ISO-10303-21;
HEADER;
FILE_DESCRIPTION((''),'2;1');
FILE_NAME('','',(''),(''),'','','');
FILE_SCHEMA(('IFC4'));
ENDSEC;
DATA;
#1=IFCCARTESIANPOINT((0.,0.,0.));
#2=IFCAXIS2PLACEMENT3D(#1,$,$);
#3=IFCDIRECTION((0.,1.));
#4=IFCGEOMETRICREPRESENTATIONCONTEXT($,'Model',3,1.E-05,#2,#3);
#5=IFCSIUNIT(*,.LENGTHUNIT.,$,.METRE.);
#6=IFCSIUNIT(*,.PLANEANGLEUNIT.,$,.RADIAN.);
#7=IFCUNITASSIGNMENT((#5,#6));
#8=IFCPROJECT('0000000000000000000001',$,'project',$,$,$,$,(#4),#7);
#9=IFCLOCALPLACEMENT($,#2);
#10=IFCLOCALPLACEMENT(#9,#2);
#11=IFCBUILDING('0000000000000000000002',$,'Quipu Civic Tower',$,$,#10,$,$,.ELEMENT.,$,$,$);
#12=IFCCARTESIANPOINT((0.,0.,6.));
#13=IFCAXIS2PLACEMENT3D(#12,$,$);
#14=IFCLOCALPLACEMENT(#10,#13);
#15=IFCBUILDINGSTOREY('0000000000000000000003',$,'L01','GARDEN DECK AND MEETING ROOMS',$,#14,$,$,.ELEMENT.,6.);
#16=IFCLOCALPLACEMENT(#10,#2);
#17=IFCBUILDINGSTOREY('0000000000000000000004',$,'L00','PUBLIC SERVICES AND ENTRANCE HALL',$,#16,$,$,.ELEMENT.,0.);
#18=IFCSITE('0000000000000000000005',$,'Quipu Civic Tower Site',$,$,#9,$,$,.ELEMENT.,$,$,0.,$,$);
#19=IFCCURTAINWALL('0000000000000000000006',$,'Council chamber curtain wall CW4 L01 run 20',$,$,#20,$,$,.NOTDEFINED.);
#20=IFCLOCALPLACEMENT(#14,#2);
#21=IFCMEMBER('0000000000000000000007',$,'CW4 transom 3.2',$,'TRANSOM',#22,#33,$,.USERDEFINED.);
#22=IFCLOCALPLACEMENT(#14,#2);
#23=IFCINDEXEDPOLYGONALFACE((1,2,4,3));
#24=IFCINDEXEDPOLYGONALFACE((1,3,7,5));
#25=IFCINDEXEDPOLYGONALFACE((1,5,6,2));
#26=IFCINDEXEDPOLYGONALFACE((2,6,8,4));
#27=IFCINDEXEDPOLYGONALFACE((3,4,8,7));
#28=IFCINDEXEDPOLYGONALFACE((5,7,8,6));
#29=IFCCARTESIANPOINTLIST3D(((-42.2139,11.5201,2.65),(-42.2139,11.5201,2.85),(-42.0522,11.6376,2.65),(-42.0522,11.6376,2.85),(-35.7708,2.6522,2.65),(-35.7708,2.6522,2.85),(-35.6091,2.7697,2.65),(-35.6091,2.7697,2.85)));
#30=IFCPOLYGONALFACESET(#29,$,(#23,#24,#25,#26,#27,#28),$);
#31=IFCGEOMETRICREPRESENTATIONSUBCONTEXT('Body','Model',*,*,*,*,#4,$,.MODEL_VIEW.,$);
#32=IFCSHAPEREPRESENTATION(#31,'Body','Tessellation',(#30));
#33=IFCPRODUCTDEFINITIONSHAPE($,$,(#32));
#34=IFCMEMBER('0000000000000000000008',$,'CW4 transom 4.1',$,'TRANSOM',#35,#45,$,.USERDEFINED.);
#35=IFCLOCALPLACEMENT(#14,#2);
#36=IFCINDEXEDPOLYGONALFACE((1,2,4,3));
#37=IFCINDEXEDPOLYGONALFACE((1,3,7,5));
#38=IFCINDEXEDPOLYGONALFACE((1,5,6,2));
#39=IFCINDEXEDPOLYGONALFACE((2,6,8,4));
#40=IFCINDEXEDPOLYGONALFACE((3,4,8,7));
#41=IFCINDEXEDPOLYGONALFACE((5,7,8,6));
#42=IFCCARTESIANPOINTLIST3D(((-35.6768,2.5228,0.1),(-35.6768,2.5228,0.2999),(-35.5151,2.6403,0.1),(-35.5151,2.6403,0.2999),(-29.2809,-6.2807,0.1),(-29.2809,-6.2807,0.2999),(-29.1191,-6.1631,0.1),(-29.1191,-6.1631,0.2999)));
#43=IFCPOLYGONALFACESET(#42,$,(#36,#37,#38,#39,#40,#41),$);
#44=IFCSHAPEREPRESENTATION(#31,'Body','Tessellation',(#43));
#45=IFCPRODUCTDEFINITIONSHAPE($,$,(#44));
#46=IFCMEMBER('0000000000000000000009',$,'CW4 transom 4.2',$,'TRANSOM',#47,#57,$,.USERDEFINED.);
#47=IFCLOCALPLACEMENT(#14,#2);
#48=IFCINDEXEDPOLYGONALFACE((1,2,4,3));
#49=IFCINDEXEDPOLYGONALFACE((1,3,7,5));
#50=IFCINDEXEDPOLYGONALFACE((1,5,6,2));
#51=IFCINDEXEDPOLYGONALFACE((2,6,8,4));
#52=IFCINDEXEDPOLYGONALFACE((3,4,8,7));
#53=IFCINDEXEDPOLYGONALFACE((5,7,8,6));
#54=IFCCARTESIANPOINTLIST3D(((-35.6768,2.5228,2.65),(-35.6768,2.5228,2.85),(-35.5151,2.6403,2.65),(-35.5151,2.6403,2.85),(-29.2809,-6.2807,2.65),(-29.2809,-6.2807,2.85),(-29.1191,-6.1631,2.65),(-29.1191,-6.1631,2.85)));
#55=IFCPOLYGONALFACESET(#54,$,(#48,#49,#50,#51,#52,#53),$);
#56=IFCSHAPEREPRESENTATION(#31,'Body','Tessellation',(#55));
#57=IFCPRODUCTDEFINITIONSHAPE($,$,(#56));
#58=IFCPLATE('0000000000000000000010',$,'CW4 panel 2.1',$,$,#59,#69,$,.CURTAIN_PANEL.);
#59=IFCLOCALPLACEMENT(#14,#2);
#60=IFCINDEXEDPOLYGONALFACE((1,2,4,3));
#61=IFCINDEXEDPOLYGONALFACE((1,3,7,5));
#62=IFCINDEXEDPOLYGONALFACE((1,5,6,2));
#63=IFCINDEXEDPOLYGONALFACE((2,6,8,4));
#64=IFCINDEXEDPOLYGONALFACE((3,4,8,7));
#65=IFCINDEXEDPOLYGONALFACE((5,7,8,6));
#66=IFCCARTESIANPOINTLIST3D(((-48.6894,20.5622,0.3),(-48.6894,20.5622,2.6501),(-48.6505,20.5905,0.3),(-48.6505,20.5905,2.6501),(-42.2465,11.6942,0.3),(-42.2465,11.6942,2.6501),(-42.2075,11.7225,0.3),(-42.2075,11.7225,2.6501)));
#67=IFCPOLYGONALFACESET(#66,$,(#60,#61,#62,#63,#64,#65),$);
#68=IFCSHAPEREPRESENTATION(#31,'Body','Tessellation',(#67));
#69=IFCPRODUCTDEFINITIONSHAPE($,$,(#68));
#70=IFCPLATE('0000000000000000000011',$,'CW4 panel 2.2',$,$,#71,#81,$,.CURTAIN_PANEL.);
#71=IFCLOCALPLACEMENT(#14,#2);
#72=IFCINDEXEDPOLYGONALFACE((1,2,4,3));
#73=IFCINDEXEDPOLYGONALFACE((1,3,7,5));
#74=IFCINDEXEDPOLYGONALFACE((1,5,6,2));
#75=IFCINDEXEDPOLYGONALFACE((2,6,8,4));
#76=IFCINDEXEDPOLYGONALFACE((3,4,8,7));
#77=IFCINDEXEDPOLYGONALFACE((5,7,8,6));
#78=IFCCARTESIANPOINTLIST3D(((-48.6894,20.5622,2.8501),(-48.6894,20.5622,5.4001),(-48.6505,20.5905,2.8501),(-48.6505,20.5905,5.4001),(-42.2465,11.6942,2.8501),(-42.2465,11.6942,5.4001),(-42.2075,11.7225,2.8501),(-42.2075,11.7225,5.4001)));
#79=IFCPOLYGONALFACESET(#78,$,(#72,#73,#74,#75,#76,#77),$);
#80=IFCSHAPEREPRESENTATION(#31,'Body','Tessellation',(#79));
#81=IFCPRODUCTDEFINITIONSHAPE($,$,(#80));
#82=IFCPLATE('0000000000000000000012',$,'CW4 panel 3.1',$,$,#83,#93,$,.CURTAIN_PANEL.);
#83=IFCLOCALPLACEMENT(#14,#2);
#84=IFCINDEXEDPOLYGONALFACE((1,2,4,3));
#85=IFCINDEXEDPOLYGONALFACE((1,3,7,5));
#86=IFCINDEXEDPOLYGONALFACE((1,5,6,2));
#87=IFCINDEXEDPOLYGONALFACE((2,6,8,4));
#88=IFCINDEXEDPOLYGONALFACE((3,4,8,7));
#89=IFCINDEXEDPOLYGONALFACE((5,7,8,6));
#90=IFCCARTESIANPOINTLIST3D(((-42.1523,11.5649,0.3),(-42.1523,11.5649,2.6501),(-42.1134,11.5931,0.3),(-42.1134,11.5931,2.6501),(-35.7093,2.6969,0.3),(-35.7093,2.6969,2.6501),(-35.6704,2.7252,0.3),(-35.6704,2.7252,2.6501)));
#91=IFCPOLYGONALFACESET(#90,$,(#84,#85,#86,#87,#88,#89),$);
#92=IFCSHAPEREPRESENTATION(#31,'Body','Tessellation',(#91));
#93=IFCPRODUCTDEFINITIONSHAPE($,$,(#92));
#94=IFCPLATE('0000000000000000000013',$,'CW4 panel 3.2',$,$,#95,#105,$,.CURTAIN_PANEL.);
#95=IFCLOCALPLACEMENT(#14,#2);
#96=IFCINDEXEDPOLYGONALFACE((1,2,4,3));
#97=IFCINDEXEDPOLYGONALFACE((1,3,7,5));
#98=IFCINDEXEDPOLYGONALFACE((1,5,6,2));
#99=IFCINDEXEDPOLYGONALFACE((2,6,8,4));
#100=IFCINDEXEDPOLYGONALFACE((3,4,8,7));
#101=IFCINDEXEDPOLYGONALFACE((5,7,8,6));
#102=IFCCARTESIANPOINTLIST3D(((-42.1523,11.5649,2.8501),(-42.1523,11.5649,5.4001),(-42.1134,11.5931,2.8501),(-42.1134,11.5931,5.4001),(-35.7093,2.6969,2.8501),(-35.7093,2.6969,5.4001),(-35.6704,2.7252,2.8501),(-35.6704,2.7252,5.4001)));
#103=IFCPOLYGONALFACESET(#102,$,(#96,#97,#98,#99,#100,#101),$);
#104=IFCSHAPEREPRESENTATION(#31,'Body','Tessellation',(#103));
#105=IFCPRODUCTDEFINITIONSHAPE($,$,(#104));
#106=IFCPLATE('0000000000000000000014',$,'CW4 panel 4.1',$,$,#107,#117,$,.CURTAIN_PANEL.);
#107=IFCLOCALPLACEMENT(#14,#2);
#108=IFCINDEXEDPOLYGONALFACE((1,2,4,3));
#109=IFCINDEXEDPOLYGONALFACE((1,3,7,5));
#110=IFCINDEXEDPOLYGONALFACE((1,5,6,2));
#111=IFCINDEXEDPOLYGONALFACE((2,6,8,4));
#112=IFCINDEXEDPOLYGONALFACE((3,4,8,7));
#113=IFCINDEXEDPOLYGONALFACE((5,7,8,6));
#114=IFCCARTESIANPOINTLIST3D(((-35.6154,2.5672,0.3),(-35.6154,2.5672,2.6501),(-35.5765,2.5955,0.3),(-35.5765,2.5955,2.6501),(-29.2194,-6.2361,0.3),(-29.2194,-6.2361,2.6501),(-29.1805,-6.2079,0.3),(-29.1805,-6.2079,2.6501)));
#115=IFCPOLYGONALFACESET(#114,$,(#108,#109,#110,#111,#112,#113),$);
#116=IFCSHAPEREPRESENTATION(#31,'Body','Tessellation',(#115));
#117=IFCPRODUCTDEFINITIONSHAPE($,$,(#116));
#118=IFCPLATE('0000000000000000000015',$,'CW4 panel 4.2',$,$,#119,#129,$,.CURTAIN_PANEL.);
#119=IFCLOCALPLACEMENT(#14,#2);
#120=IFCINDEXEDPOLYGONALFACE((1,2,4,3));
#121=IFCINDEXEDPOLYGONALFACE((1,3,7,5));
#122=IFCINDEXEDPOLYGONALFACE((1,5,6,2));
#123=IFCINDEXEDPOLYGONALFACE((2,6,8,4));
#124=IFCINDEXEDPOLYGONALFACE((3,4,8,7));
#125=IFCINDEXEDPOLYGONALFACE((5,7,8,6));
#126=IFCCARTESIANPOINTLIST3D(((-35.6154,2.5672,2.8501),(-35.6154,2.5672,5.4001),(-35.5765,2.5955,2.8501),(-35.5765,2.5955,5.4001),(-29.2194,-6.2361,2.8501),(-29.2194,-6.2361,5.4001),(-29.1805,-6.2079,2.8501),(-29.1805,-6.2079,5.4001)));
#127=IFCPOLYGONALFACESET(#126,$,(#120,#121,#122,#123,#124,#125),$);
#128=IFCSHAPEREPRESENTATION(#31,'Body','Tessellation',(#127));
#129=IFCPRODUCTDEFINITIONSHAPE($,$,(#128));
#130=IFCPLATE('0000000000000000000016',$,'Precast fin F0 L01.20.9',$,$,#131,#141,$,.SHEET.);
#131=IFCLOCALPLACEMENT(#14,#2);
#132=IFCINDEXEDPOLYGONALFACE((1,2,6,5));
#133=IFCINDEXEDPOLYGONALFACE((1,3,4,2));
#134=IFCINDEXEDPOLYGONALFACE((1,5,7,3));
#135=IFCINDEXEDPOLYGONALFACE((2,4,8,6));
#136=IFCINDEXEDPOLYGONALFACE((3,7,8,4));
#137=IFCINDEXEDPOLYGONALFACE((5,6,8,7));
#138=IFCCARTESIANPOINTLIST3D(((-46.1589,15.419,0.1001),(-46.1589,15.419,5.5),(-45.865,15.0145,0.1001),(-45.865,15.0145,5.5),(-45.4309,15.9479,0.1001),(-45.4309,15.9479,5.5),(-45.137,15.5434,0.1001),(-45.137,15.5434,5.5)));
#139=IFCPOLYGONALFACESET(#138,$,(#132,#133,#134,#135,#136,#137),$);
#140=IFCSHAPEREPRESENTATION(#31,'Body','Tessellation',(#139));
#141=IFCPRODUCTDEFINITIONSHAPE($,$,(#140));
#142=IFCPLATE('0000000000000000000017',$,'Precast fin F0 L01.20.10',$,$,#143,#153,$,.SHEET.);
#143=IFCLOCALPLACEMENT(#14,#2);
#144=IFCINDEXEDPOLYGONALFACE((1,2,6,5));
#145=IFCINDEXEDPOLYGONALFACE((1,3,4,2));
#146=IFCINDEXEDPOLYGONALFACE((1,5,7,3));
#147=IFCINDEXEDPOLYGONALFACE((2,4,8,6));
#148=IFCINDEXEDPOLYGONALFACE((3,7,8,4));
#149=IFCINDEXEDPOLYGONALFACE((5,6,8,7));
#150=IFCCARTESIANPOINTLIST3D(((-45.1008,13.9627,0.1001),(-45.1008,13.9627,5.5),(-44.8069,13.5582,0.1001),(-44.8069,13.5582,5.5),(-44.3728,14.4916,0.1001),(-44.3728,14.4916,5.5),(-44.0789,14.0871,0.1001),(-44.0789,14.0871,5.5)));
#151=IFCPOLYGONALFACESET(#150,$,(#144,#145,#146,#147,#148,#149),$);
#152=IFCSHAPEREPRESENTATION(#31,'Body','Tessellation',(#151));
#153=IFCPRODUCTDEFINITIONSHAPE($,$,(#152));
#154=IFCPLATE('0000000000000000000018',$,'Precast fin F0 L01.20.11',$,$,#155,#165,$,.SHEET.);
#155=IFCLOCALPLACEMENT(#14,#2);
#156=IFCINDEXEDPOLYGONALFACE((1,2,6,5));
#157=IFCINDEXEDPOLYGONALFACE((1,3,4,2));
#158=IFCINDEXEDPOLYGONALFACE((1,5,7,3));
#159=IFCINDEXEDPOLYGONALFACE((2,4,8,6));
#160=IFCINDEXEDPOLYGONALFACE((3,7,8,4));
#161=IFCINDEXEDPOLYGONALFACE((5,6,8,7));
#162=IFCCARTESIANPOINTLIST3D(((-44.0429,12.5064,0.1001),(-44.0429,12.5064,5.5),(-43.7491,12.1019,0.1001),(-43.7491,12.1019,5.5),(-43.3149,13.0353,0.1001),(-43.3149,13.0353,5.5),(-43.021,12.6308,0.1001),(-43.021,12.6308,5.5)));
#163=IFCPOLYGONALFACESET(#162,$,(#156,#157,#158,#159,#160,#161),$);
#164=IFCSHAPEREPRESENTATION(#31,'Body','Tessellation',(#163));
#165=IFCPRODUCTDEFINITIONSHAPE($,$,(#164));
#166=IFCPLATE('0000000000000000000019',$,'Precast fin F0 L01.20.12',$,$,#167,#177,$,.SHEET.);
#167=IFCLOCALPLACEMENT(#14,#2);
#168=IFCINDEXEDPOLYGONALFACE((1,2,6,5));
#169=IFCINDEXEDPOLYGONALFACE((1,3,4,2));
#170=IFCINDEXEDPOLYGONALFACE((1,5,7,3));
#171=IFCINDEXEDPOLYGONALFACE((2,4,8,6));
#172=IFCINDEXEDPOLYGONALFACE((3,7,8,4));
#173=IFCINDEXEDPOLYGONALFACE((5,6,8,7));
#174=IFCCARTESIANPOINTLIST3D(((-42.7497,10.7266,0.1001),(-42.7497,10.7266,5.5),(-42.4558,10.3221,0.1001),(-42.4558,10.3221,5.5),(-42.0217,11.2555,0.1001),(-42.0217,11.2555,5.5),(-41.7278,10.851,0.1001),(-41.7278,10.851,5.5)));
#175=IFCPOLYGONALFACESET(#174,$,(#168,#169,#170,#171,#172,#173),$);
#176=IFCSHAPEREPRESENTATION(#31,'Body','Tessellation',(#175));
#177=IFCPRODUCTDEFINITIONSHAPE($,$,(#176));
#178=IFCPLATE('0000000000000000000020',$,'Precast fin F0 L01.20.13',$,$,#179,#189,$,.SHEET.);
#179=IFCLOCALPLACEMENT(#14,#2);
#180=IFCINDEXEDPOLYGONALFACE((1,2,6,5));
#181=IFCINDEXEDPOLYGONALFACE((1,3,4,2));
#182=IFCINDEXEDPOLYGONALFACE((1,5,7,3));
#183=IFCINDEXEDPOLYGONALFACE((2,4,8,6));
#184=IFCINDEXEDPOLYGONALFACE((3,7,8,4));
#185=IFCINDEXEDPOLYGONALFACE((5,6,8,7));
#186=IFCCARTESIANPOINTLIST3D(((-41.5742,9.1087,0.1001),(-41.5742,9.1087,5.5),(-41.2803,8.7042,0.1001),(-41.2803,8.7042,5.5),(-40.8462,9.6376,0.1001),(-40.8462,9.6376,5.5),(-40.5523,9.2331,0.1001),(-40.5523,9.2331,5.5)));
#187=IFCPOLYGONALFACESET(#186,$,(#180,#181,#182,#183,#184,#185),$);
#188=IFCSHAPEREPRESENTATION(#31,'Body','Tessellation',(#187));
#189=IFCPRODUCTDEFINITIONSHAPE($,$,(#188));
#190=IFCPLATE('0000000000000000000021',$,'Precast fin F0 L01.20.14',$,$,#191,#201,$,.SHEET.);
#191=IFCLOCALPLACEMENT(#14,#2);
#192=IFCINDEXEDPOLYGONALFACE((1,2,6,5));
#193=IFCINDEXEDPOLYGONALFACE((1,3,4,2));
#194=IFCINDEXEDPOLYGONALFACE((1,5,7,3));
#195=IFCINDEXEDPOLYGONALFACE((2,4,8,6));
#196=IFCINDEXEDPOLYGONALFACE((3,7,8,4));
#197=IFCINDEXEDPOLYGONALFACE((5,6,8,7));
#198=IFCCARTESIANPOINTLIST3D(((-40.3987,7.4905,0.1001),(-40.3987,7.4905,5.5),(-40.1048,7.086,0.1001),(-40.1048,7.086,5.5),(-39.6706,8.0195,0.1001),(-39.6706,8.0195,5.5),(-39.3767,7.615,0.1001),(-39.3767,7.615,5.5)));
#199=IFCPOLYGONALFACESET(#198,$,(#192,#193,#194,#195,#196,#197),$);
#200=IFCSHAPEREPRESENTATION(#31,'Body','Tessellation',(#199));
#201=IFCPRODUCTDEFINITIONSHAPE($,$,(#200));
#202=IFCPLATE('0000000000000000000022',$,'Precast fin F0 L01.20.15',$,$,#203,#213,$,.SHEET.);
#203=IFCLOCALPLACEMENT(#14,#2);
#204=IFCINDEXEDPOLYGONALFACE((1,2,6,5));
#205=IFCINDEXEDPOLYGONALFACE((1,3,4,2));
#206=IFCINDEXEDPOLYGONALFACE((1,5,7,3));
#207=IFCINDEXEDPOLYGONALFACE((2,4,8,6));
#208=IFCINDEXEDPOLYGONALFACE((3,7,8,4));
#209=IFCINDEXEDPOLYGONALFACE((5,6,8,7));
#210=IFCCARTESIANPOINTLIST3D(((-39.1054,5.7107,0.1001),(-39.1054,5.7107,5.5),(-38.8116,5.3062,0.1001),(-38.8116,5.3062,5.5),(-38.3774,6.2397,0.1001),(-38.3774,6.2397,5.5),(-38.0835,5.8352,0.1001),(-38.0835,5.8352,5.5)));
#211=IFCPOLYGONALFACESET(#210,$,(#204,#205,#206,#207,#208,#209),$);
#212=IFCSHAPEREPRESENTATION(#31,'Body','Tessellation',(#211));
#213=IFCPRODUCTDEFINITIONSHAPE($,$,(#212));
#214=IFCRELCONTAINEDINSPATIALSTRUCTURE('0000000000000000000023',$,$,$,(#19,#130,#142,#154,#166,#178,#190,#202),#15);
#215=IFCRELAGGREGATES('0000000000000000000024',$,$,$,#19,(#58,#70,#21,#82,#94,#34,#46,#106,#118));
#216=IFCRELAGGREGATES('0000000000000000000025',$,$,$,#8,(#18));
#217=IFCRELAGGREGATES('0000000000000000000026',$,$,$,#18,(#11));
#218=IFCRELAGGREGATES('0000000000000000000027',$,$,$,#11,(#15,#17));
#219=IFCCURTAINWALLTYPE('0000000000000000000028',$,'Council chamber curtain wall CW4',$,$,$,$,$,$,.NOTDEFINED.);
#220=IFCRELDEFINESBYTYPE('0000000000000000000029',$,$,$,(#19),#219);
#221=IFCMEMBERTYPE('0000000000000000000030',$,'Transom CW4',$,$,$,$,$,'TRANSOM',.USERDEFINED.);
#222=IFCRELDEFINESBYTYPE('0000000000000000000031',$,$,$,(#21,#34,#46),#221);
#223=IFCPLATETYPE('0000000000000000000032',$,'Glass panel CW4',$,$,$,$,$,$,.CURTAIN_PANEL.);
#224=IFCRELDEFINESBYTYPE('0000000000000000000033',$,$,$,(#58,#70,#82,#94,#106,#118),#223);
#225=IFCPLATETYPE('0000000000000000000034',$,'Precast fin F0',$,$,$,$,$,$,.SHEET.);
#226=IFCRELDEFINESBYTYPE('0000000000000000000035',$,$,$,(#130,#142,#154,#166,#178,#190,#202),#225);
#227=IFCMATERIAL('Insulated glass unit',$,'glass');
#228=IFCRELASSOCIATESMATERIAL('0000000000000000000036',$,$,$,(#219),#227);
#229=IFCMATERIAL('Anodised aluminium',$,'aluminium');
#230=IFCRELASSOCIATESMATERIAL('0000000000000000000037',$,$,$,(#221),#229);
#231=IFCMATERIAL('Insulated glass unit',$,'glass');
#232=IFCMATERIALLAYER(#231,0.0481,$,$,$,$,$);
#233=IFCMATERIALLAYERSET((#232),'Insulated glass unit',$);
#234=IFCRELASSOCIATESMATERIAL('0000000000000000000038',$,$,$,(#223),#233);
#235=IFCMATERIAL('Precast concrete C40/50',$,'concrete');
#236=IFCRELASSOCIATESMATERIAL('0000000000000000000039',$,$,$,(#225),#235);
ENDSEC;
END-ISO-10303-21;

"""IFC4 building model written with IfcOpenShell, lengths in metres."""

from ifc_helpers import new_model, si_unit, direction, frame, origin, origin_2d, place, context, subcontext, project, spatial, rectangle, extrude, material, layer, layer_set, material_profile, profile_set, type_object, element, aggregate, save


model = new_model("IFC4")

# Units and contexts
model_context = context("Model", 3, precision=1e-05, world=origin(), true_north=direction((0.0, 1.0)))
body_context = subcontext(model_context, "Body", "Model", "MODEL_VIEW")
ifc_project = project(units=[si_unit("LENGTHUNIT", "METRE"), si_unit("PLANEANGLEUNIT", "RADIAN")], contexts=[model_context])

# Site, building, storey
site_placement = place(None, origin())
site = spatial("IfcSite", under=ifc_project, at=site_placement, Name="Quipu Civic Tower Site", CompositionType="ELEMENT", RefElevation=0.0)
building_placement = place(site_placement, origin())
building = spatial("IfcBuilding", under=site, at=building_placement, Name="Quipu Civic Tower", CompositionType="ELEMENT")
storey_1_placement = place(building_placement, frame((0.0, 0.0, 6.0)))
storey_1 = spatial("IfcBuildingStorey", under=building, at=storey_1_placement, Name="L01", Description="GARDEN DECK AND MEETING ROOMS", CompositionType="ELEMENT", Elevation=6.0)

# Curtain wall
ifc_material_1 = material(Name="Insulated glass unit", Category="glass")
curtain_wall_type_1 = type_object("IfcCurtainWallType", Name="Council chamber curtain wall CW4", PredefinedType="NOTDEFINED", material=ifc_material_1)
curtain_wall_1_placement = place(storey_1_placement, origin())
curtain_wall_1 = element("IfcCurtainWall", 1, at=curtain_wall_1_placement, inside=storey_1, type_object=curtain_wall_type_1, Name="Council chamber curtain wall CW4 L01 run 20", PredefinedType="NOTDEFINED")

# Shared definitions
storey_2_placement = place(building_placement, origin())
storey_2 = spatial("IfcBuildingStorey", under=building, at=storey_2_placement, Name="L00", Description="PUBLIC SERVICES AND ENTRANCE HALL", CompositionType="ELEMENT", Elevation=0.0)

# Members
ifc_material_2 = material(Name="Anodised aluminium", Category="aluminium")
ifc_material_profile_1 = material_profile(ifc_material_2, rectangle(XDim=0.2, YDim=0.2, at=origin_2d()), Name="RECT 200x200")
ifc_profile_set_1 = profile_set([ifc_material_profile_1], Name="Anodised aluminium")
member_type_1 = type_object("IfcMemberType", Name="Transom CW4", ElementType="TRANSOM", PredefinedType="USERDEFINED", material=ifc_profile_set_1)
member_1_placement = place(storey_1_placement, frame((-42.1331, 11.5789, 2.75), z_axis=(0.587797, -0.809009, 0.0), x_axis=(0.809009, 0.587797, 0.0)))
member_1 = element("IfcMember", 2, at=member_1_placement, type_object=member_type_1, Name="CW4 transom 3.2", ObjectType="TRANSOM", PredefinedType="USERDEFINED", context=body_context, shape_type="SweptSolid", body=[
    extrude(rectangle(XDim=0.2, YDim=0.2, at=origin_2d()), origin(), (0.0, 0.0, 1.0), 10.9614),
])
member_2_placement = place(storey_1_placement, frame((-35.5959, 2.5815, 0.2), z_axis=(0.587779, -0.809021, 0.0), x_axis=(0.809021, 0.587779, 0.0)))
member_2 = element("IfcMember", 3, at=member_2_placement, type_object=member_type_1, Name="CW4 transom 4.1", ObjectType="TRANSOM", PredefinedType="USERDEFINED", context=body_context, shape_type="SweptSolid", body=[
    extrude(rectangle(XDim=0.2, YDim=0.2, at=origin_2d()), origin(), (0.0, 0.0, 1.0), 10.8816),
])
member_3_placement = place(storey_1_placement, frame((-35.5959, 2.5815, 2.75), z_axis=(0.587779, -0.809021, 0.0), x_axis=(0.809021, 0.587779, 0.0)))
member_3 = element("IfcMember", 4, at=member_3_placement, type_object=member_type_1, Name="CW4 transom 4.2", ObjectType="TRANSOM", PredefinedType="USERDEFINED", context=body_context, shape_type="SweptSolid", body=[
    extrude(rectangle(XDim=0.2, YDim=0.2, at=origin_2d()), origin(), (0.0, 0.0, 1.0), 10.8816),
])

# Plates
ifc_material_3 = material(Name="Insulated glass unit", Category="glass")
ifc_layer_1 = layer(ifc_material_3, 0.0481)
ifc_layer_set_1 = layer_set([ifc_layer_1], Name="Insulated glass unit")
plate_type_1 = type_object("IfcPlateType", Name="Glass panel CW4", PredefinedType="CURTAIN_PANEL", material=ifc_layer_set_1)
plate_1_placement = place(storey_1_placement, frame((-45.4485, 16.1423, 0.3), z_axis=(0.0, 0.0, 1.0), x_axis=(0.587785, -0.809017, 0.0)))
plate_1 = element("IfcPlate", 5, at=plate_1_placement, type_object=plate_type_1, Name="CW4 panel 2.1", PredefinedType="CURTAIN_PANEL", context=body_context, shape_type="SweptSolid", body=[
    extrude(rectangle(XDim=10.9614, YDim=0.0481, at=origin_2d()), origin(), (0.0, 0.0, 1.0), 2.3501),
])
plate_2_placement = place(storey_1_placement, frame((-45.4485, 16.1423, 2.8501), z_axis=(0.0, 0.0, 1.0), x_axis=(0.587785, -0.809017, 0.0)))
plate_2 = element("IfcPlate", 6, at=plate_2_placement, type_object=plate_type_1, Name="CW4 panel 2.2", PredefinedType="CURTAIN_PANEL", context=body_context, shape_type="SweptSolid", body=[
    extrude(rectangle(XDim=10.9614, YDim=0.0481, at=origin_2d()), origin(), (0.0, 0.0, 1.0), 2.55),
])
plate_3_placement = place(storey_1_placement, frame((-38.9114, 7.145, 0.3), z_axis=(0.0, 0.0, 1.0), x_axis=(0.587785, -0.809017, 0.0)))
plate_3 = element("IfcPlate", 7, at=plate_3_placement, type_object=plate_type_1, Name="CW4 panel 3.1", PredefinedType="CURTAIN_PANEL", context=body_context, shape_type="SweptSolid", body=[
    extrude(rectangle(XDim=10.9614, YDim=0.0481, at=origin_2d()), origin(), (0.0, 0.0, 1.0), 2.3501),
])
plate_4_placement = place(storey_1_placement, frame((-38.9114, 7.145, 2.8501), z_axis=(0.0, 0.0, 1.0), x_axis=(0.587785, -0.809017, 0.0)))
plate_4 = element("IfcPlate", 8, at=plate_4_placement, type_object=plate_type_1, Name="CW4 panel 3.2", PredefinedType="CURTAIN_PANEL", context=body_context, shape_type="SweptSolid", body=[
    extrude(rectangle(XDim=10.9614, YDim=0.0481, at=origin_2d()), origin(), (0.0, 0.0, 1.0), 2.55),
])
plate_5_placement = place(storey_1_placement, frame((-32.3979, -1.8203, 0.3), z_axis=(0.0, 0.0, 1.0), x_axis=(0.587785, -0.809017, 0.0)))
plate_5 = element("IfcPlate", 9, at=plate_5_placement, type_object=plate_type_1, Name="CW4 panel 4.1", PredefinedType="CURTAIN_PANEL", context=body_context, shape_type="SweptSolid", body=[
    extrude(rectangle(XDim=10.8816, YDim=0.0481, at=origin_2d()), origin(), (0.0, 0.0, 1.0), 2.3501),
])
plate_6_placement = place(storey_1_placement, frame((-32.3979, -1.8203, 2.8501), z_axis=(0.0, 0.0, 1.0), x_axis=(0.587785, -0.809017, 0.0)))
plate_6 = element("IfcPlate", 10, at=plate_6_placement, type_object=plate_type_1, Name="CW4 panel 4.2", PredefinedType="CURTAIN_PANEL", context=body_context, shape_type="SweptSolid", body=[
    extrude(rectangle(XDim=10.8816, YDim=0.0481, at=origin_2d()), origin(), (0.0, 0.0, 1.0), 2.55),
])
aggregate(curtain_wall_1, [plate_1, plate_2, member_1, plate_3, plate_4, member_2, member_3, plate_5, plate_6])

# Plates
ifc_material_4 = material(Name="Precast concrete C40/50", Category="concrete")
plate_type_2 = type_object("IfcPlateType", Name="Precast fin F0", PredefinedType="SHEET", material=ifc_material_4)
for number, where, z_axis, x_axis, name in (
    (11, (-45.6479, 15.4812, 0.1001), (0.0, 0.0, 1.0), (0.587786, -0.809017, 0.0), "Precast fin F0 L01.20.9"),
    (12, (-44.5898, 14.0249, 0.1001), (0.0, 0.0, 1.0), (0.587786, -0.809017, 0.0), "Precast fin F0 L01.20.10"),
    (13, (-43.532, 12.5686, 0.1001), (0.0, 0.0, 1.0), (0.587786, -0.809017, 0.0), "Precast fin F0 L01.20.11"),
    (14, (-42.2388, 10.7888, 0.1001), (0.0, 0.0, 1.0), (0.587786, -0.809017, 0.0), "Precast fin F0 L01.20.12"),
    (15, (-41.0632, 9.1709, 0.1001), (0.0, 0.0, 1.0), (0.587786, -0.809017, 0.0), "Precast fin F0 L01.20.13"),
    (16, (-39.8877, 7.5527, 0.1001), (0.0, 0.0, 1.0), (0.587786, -0.809017, 0.0), "Precast fin F0 L01.20.14"),
    (17, (-38.5945, 5.7729, 0.1001), (0.0, 0.0, 1.0), (0.587786, -0.809017, 0.0), "Precast fin F0 L01.20.15"),
):
    element("IfcPlate", number, at=place(storey_1_placement, frame(where, z_axis=z_axis, x_axis=x_axis)), inside=storey_1, type_object=plate_type_2, Name=name, PredefinedType="SHEET", context=body_context, shape_type="SweptSolid", body=[
        extrude(rectangle(XDim=0.5, YDim=0.8999, at=origin_2d()), origin(), (0.0, 0.0, 1.0), 5.3999),
    ])

save(model, "model.ifc")
